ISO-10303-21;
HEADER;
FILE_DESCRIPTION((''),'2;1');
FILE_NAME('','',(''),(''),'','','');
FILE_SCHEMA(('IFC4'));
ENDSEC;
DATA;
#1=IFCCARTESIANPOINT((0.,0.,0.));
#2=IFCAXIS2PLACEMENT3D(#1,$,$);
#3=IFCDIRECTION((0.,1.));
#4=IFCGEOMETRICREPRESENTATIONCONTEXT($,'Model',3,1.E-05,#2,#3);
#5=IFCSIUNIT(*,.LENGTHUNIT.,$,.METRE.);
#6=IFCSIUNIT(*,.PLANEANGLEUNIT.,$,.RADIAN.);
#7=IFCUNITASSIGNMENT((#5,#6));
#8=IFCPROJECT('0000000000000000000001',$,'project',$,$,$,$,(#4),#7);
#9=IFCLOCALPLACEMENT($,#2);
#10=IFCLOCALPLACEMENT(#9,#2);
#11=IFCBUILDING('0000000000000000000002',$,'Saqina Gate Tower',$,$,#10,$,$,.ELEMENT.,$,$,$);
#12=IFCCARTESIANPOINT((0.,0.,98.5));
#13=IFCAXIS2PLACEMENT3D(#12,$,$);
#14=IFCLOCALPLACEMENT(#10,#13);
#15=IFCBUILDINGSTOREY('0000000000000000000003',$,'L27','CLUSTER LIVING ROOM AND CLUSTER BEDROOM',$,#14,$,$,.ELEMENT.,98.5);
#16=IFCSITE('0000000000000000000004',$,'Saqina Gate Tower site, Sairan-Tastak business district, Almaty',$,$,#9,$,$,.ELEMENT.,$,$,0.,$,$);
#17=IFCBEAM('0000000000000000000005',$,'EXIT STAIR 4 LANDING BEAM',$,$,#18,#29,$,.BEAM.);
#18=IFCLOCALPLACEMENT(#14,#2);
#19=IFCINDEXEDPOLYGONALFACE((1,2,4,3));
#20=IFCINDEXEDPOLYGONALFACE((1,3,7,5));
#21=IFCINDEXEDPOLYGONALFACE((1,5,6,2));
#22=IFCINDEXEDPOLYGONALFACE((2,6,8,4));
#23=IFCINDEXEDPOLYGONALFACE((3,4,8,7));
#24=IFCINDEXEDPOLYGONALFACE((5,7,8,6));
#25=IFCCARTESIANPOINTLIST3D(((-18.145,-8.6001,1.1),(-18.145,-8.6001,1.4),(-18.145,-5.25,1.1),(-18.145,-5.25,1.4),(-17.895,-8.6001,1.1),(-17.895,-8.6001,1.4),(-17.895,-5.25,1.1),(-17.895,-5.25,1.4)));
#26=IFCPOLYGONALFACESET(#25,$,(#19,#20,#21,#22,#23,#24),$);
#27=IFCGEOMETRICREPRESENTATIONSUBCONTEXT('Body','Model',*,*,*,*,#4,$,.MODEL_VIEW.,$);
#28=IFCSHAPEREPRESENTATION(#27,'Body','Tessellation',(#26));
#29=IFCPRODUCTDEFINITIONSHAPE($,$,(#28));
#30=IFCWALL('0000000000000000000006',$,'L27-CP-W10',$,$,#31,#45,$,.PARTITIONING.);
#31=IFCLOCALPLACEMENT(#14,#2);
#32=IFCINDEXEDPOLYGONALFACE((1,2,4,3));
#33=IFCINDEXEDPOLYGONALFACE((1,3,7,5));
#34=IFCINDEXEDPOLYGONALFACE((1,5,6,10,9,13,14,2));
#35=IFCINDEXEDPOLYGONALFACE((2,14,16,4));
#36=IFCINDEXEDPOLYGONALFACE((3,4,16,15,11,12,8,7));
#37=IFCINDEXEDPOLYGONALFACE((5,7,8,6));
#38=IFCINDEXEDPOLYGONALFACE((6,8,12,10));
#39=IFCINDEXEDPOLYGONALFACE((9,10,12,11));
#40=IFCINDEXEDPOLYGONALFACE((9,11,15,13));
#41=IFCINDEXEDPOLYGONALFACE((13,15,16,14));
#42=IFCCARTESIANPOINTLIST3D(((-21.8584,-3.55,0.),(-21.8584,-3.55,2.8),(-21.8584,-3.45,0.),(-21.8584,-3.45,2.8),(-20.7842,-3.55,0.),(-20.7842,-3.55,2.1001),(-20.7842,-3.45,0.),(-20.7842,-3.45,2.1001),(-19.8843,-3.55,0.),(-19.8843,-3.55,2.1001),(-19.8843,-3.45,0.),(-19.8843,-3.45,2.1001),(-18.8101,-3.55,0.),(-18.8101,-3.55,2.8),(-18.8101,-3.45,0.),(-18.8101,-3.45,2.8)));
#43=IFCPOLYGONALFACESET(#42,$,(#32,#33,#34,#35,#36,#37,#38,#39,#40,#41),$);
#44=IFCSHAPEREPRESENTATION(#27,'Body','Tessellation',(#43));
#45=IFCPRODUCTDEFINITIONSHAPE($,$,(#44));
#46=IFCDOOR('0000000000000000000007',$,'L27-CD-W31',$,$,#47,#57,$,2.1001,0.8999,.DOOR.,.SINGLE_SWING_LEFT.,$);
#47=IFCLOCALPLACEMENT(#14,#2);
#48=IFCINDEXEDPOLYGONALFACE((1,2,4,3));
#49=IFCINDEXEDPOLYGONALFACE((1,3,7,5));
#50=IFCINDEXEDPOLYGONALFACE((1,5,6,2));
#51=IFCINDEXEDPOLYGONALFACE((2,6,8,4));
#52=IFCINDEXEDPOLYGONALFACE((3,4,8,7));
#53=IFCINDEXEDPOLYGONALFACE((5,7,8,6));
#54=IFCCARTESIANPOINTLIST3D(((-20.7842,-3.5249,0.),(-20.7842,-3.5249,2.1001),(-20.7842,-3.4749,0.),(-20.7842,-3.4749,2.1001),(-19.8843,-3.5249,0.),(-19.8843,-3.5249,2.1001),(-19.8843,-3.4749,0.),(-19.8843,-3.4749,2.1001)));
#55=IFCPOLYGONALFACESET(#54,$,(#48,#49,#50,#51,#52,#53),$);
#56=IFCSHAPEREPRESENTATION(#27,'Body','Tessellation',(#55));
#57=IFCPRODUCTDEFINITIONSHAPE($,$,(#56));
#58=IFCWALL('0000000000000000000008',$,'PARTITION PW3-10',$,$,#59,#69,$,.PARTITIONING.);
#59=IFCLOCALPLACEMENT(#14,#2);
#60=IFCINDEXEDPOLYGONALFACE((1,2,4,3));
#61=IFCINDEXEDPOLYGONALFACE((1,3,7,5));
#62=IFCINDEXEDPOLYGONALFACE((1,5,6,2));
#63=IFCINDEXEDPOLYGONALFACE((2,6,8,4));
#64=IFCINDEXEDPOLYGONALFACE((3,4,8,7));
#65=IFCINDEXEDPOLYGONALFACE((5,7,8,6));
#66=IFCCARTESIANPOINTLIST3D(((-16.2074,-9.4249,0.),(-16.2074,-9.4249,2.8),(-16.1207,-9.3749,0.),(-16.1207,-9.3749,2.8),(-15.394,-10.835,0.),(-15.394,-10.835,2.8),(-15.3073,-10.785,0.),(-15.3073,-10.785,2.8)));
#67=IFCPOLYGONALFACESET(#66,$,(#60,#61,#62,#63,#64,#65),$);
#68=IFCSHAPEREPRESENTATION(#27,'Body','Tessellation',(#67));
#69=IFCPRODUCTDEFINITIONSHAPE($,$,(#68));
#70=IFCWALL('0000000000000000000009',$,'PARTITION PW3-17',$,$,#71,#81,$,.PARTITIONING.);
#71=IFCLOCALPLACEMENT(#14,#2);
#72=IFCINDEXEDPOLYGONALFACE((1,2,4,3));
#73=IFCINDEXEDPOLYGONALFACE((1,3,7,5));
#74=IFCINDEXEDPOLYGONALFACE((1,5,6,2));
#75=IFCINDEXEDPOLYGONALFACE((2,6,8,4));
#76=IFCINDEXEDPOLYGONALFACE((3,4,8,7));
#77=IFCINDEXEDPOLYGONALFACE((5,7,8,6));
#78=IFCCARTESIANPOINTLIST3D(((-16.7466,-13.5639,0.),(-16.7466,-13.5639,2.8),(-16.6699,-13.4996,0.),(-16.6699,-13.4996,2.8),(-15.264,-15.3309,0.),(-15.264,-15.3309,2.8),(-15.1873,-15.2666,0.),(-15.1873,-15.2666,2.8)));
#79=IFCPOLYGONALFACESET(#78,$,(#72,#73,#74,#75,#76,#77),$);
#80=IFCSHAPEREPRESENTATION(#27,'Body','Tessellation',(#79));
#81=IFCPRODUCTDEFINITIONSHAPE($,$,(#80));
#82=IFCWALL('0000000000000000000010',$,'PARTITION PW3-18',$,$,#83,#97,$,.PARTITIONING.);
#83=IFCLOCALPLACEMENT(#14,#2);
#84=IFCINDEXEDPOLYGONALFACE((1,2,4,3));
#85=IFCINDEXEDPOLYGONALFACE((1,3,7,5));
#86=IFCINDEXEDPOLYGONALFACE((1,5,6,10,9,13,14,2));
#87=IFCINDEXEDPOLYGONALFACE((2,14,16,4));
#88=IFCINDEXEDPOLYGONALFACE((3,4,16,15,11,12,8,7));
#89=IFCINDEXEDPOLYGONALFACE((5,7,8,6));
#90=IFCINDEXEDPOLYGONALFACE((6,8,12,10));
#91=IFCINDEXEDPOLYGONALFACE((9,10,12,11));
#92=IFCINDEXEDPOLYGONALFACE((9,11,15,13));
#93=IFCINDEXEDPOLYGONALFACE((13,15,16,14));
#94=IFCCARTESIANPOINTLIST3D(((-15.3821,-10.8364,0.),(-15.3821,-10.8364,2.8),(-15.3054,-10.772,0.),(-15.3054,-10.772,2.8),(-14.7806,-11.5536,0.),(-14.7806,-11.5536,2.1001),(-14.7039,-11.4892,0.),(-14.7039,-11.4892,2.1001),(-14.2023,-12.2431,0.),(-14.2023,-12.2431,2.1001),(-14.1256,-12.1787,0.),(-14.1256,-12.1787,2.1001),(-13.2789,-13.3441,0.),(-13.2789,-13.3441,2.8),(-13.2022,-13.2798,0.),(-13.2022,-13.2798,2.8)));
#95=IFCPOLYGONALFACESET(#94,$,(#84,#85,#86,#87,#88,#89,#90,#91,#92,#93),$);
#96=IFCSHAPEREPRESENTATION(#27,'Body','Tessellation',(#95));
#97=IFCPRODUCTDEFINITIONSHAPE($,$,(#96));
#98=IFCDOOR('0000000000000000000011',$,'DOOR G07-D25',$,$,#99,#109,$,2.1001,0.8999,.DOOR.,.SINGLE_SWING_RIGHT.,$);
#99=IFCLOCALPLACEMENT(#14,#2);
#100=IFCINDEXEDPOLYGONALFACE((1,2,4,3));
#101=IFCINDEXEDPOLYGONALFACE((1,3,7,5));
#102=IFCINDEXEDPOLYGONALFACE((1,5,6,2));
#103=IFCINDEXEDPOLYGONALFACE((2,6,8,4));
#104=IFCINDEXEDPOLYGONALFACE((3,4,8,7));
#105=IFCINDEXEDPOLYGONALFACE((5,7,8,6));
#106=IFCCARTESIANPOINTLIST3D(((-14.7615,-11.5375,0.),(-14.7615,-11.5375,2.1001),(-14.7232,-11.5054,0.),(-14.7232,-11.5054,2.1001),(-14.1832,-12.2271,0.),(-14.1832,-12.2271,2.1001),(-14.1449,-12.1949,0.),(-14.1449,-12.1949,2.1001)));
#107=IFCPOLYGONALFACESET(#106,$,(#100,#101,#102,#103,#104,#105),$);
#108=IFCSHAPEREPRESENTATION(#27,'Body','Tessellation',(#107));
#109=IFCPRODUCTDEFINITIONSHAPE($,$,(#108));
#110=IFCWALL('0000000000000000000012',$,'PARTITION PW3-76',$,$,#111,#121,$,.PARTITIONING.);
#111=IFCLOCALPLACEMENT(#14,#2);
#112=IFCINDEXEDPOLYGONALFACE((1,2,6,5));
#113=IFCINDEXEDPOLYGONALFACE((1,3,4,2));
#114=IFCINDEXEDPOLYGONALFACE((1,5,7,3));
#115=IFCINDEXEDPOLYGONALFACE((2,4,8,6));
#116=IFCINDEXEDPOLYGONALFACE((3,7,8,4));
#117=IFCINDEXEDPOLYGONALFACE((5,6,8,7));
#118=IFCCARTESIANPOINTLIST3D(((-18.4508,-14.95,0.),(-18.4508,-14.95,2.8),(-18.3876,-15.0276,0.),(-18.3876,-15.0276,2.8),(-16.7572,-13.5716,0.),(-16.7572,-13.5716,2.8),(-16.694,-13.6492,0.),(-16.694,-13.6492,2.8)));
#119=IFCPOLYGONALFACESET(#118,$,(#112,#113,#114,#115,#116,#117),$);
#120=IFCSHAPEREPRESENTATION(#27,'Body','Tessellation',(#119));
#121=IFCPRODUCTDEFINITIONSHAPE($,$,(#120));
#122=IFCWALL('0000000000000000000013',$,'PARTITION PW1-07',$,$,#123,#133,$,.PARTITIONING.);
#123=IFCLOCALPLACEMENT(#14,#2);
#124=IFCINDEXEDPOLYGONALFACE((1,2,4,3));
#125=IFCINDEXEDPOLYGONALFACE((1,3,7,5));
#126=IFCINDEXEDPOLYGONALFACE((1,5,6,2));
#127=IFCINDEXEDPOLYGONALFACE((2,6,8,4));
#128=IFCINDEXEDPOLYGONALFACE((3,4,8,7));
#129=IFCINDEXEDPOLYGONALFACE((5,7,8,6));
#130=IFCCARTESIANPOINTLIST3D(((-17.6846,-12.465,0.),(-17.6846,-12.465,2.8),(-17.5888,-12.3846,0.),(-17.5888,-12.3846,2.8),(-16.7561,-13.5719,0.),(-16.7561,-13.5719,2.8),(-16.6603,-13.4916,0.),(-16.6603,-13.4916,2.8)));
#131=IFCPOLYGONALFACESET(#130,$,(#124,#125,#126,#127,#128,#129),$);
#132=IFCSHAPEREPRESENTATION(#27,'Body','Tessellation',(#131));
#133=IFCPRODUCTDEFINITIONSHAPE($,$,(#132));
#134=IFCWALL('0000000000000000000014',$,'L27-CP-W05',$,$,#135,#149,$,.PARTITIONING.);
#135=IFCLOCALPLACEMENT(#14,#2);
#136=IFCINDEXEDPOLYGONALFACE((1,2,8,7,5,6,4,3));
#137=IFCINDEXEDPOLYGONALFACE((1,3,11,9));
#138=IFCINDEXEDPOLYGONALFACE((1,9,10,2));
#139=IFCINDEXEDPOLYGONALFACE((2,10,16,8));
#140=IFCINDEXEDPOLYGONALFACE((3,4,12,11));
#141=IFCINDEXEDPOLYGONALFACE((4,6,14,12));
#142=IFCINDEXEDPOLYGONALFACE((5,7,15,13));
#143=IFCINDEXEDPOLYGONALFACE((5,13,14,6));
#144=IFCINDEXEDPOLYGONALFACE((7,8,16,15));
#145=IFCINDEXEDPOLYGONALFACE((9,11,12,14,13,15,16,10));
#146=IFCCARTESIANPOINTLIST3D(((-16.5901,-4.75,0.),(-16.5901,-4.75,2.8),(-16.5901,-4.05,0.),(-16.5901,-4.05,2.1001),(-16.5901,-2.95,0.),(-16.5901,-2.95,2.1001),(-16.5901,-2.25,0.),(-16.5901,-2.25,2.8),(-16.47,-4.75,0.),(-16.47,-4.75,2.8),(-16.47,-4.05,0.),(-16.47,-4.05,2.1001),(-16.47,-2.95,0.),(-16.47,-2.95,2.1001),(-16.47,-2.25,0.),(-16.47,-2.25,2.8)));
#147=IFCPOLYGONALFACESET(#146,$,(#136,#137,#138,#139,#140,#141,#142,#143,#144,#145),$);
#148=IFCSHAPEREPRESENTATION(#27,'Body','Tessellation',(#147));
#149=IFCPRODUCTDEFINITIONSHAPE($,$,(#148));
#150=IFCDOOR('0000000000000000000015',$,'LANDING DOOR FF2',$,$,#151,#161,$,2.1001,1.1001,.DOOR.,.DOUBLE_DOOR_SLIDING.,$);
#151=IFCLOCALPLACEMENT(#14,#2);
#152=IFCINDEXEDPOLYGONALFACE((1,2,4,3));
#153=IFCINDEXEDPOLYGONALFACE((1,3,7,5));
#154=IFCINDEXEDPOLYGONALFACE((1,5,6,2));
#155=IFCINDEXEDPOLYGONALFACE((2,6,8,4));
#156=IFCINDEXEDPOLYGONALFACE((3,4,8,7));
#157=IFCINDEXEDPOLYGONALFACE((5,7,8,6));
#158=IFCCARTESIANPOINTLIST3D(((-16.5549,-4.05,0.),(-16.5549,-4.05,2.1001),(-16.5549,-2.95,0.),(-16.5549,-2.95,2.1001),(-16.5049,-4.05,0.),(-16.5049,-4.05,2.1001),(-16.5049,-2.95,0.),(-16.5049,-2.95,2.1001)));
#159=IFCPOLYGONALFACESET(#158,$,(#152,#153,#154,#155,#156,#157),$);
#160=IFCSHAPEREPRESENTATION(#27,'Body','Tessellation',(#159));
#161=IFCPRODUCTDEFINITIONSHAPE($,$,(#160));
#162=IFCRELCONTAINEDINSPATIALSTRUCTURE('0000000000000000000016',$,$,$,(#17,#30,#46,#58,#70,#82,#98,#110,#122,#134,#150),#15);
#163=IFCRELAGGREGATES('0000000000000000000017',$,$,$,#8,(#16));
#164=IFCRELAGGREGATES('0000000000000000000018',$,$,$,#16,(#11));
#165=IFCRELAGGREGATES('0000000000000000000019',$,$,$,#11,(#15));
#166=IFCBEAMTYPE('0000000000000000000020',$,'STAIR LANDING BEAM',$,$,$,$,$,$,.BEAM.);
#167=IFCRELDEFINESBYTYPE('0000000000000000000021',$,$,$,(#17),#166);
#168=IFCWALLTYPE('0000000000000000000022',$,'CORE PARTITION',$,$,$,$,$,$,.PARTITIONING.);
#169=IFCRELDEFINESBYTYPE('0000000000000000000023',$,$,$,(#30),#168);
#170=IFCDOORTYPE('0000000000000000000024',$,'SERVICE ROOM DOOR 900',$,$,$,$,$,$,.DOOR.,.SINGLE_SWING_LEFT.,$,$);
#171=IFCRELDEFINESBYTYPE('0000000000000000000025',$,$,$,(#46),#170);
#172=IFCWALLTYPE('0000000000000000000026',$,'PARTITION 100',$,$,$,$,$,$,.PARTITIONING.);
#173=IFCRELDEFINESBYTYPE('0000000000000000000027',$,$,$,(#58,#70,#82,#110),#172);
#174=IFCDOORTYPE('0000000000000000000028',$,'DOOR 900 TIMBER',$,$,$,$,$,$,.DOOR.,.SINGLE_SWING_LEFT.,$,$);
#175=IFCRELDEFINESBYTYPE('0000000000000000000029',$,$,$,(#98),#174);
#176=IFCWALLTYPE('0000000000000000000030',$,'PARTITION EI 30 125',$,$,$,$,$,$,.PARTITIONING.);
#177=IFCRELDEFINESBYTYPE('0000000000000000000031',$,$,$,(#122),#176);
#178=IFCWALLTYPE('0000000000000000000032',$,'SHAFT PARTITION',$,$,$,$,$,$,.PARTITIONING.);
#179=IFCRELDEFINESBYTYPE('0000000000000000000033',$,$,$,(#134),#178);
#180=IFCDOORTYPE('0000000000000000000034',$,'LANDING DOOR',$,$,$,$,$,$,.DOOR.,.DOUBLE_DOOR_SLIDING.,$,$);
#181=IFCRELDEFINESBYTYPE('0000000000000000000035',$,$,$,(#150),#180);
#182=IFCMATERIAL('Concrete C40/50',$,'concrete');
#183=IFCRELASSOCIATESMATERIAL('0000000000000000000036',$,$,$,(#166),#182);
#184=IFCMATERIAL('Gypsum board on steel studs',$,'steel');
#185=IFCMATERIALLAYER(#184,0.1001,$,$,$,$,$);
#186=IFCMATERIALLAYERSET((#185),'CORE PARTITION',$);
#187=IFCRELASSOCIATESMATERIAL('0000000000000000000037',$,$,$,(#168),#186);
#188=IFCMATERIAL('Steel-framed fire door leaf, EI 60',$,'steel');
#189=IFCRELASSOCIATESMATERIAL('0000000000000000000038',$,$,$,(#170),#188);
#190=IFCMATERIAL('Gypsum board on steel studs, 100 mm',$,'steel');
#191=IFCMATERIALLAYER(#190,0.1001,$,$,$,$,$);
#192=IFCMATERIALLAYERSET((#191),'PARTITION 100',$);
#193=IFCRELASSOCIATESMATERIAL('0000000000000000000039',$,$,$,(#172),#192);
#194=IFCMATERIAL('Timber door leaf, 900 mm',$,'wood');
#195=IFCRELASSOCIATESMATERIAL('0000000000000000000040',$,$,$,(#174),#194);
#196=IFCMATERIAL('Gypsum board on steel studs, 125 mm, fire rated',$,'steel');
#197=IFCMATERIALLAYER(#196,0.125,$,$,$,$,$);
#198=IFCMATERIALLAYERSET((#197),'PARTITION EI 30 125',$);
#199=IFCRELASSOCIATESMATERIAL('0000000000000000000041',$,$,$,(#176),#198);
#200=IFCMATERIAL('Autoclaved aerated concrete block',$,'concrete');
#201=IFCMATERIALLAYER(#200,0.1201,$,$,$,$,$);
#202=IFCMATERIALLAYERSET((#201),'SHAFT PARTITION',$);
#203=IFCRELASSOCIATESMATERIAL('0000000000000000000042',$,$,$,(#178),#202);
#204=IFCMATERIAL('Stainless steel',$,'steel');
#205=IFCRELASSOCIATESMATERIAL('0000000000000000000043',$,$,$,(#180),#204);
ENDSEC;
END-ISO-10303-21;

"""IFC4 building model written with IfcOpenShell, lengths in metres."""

from ifc_helpers import new_model, si_unit, direction, frame, frame_2d, origin, origin_2d, place, context, subcontext, project, spatial, rectangle, extrude, material, layer, layer_set, material_profile, profile_set, type_object, element, fill, save


model = new_model("IFC4")

# Units and contexts
model_context = context("Model", 3, precision=1e-05, world=origin(), true_north=direction((0.0, 1.0)))
body_context = subcontext(model_context, "Body", "Model", "MODEL_VIEW")
ifc_project = project(units=[si_unit("LENGTHUNIT", "METRE"), si_unit("PLANEANGLEUNIT", "RADIAN")], contexts=[model_context])

# Site, building, storey
site_placement = place(None, origin())
site = spatial("IfcSite", under=ifc_project, at=site_placement, Name="Saqina Gate Tower site, Sairan-Tastak business district, Almaty", CompositionType="ELEMENT", RefElevation=0.0)
building_placement = place(site_placement, origin())
building = spatial("IfcBuilding", under=site, at=building_placement, Name="Saqina Gate Tower", CompositionType="ELEMENT")
storey_placement = place(building_placement, frame((0.0, 0.0, 98.5)))
storey = spatial("IfcBuildingStorey", under=building, at=storey_placement, Name="L27", Description="CLUSTER LIVING ROOM AND CLUSTER BEDROOM", CompositionType="ELEMENT", Elevation=98.5)

# Beam
ifc_material_1 = material(Name="Concrete C40/50", Category="concrete")
ifc_material_profile = material_profile(ifc_material_1, rectangle(XDim=0.25, YDim=0.3, at=origin_2d()), Name="STAIR LANDING BEAM")
ifc_profile_set = profile_set([ifc_material_profile], Name="Concrete C40/50")
beam_type = type_object("IfcBeamType", Name="STAIR LANDING BEAM", PredefinedType="BEAM", material=ifc_profile_set)
beam_placement = place(storey_placement, frame((-18.02, -8.6001, 1.25), z_axis=(0.0, 1.0, 0.0), x_axis=(-1.0, 0.0, 0.0)))
element("IfcBeam", 1, at=beam_placement, inside=storey, type_object=beam_type, Name="EXIT STAIR 4 LANDING BEAM", PredefinedType="BEAM", context=body_context, shape_type="SweptSolid", body=[
    extrude(rectangle(XDim=0.25, YDim=0.3, at=origin_2d()), origin(), (0.0, 0.0, 1.0), 3.3501),
])

# Wall, opening, door
ifc_material_2 = material(Name="Gypsum board on steel studs", Category="steel")
ifc_layer_1 = layer(ifc_material_2, 0.1001)
ifc_layer_set_1 = layer_set([ifc_layer_1], Name="CORE PARTITION")
wall_type_1 = type_object("IfcWallType", Name="CORE PARTITION", PredefinedType="PARTITIONING", material=ifc_layer_set_1)
wall_1_placement = place(storey_placement, frame((-18.8101, -3.5, 0.0), z_axis=(0.0, 0.0, 1.0), x_axis=(-1.0, 0.0, 0.0)))
wall_1 = element("IfcWall", 2, at=wall_1_placement, inside=storey, type_object=wall_type_1, Name="L27-CP-W10", PredefinedType="PARTITIONING", context=body_context, shape_type="SweptSolid", body=[
    extrude(rectangle(XDim=3.0483, YDim=0.1001, at=frame_2d((1.5242, 0.0))), origin(), (0.0, 0.0, 1.0), 2.8),
])
opening_1_placement = place(wall_1_placement, frame((1.0742, 0.0, 0.0)))
opening_1 = element("IfcOpeningElement", 3, at=opening_1_placement, cuts=wall_1, PredefinedType="OPENING", context=body_context, shape_type="SweptSolid", body=[
    extrude(rectangle(XDim=0.8999, YDim=2.1001, at=frame_2d((0.45, 1.05))), frame((0.0, 0.062, 0.0), z_axis=(0.0, -1.0, 0.0), x_axis=(1.0, 0.0, 0.0)), (0.0, 0.0, 1.0), 0.124),
])
ifc_material_3 = material(Name="Steel-framed fire door leaf, EI 60", Category="steel")
door_type_1 = type_object("IfcDoorType", Name="SERVICE ROOM DOOR 900", OperationType="SINGLE_SWING_LEFT", PredefinedType="DOOR", material=ifc_material_3)
door_1_placement = place(opening_1_placement, origin())
door_1 = element("IfcDoor", 4, at=door_1_placement, inside=storey, type_object=door_type_1, Name="L27-CD-W31", OperationType="SINGLE_SWING_LEFT", OverallHeight=2.1001, OverallWidth=0.8999, PredefinedType="DOOR", context=body_context, shape_type="SweptSolid", body=[
    extrude(rectangle(XDim=0.8999, YDim=2.1001, at=frame_2d((0.45, 1.05))), frame((0.0, 0.0249, 0.0), z_axis=(0.0, -1.0, 0.0), x_axis=(1.0, 0.0, 0.0)), (0.0, 0.0, 1.0), 0.05),
])
fill(opening_1, door_1)

# Walls
ifc_material_4 = material(Name="Gypsum board on steel studs, 100 mm", Category="steel")
ifc_layer_2 = layer(ifc_material_4, 0.1001)
ifc_layer_set_2 = layer_set([ifc_layer_2], Name="PARTITION 100")
wall_type_2 = type_object("IfcWallType", Name="PARTITION 100", PredefinedType="PARTITIONING", material=ifc_layer_set_2)
wall_2_placement = place(storey_placement, frame((-16.1641, -9.3999, 0.0), z_axis=(0.0, 0.0, 1.0), x_axis=(0.499688, -0.866206, 0.0)))
element("IfcWall", 5, at=wall_2_placement, inside=storey, type_object=wall_type_2, Name="PARTITION PW3-10", PredefinedType="PARTITIONING", context=body_context, shape_type="SweptSolid", body=[
    extrude(rectangle(XDim=1.6279, YDim=0.1001, at=frame_2d((0.814, 0.0))), origin(), (0.0, 0.0, 1.0), 2.8),
])
wall_3_placement = place(storey_placement, frame((-16.7083, -13.5317, 0.0), z_axis=(0.0, 0.0, 1.0), x_axis=(0.642763, -0.766065, 0.0)))
element("IfcWall", 6, at=wall_3_placement, inside=storey, type_object=wall_type_2, Name="PARTITION PW3-17", PredefinedType="PARTITIONING", context=body_context, shape_type="SweptSolid", body=[
    extrude(rectangle(XDim=2.3066, YDim=0.1001, at=frame_2d((1.1533, 0.0))), origin(), (0.0, 0.0, 1.0), 2.8),
])

# Wall, opening, door
wall_4_placement = place(storey_placement, frame((-15.3438, -10.8042, 0.0), z_axis=(0.0, 0.0, 1.0), x_axis=(0.642602, -0.7662, 0.0)))
wall_4 = element("IfcWall", 7, at=wall_4_placement, inside=storey, type_object=wall_type_2, Name="PARTITION PW3-18", PredefinedType="PARTITIONING", context=body_context, shape_type="SweptSolid", body=[
    extrude(rectangle(XDim=3.2729, YDim=0.1001, at=frame_2d((1.6365, 0.0))), origin(), (0.0, 0.0, 1.0), 2.8),
])
opening_2_placement = place(wall_4_placement, frame((0.936, 0.0, 0.0)))
opening_2 = element("IfcOpeningElement", 8, at=opening_2_placement, cuts=wall_4, PredefinedType="OPENING", context=body_context, shape_type="SweptSolid", body=[
    extrude(rectangle(XDim=0.8999, YDim=2.1001, at=frame_2d((0.45, 1.05))), frame((0.0, 0.062, 0.0), z_axis=(0.0, -1.0, 0.0), x_axis=(1.0, 0.0, 0.0)), (0.0, 0.0, 1.0), 0.124),
])
ifc_material_5 = material(Name="Timber door leaf, 900 mm", Category="wood")
door_type_2 = type_object("IfcDoorType", Name="DOOR 900 TIMBER", OperationType="SINGLE_SWING_LEFT", PredefinedType="DOOR", material=ifc_material_5)
door_2_placement = place(opening_2_placement, origin())
door_2 = element("IfcDoor", 9, at=door_2_placement, inside=storey, type_object=door_type_2, Name="DOOR G07-D25", OperationType="SINGLE_SWING_RIGHT", OverallHeight=2.1001, OverallWidth=0.8999, PredefinedType="DOOR", context=body_context, shape_type="SweptSolid", body=[
    extrude(rectangle(XDim=0.8999, YDim=2.1001, at=frame_2d((0.45, 1.05))), frame((0.0, 0.0249, 0.0), z_axis=(0.0, -1.0, 0.0), x_axis=(1.0, 0.0, 0.0)), (0.0, 0.0, 1.0), 0.05),
])
fill(opening_2, door_2)

# Walls
wall_5_placement = place(storey_placement, frame((-18.4192, -14.9888, 0.0), z_axis=(0.0, 0.0, 1.0), x_axis=(0.775584, 0.631245, 0.0)))
element("IfcWall", 10, at=wall_5_placement, inside=storey, type_object=wall_type_2, Name="PARTITION PW3-76", PredefinedType="PARTITIONING", context=body_context, shape_type="SweptSolid", body=[
    extrude(rectangle(XDim=2.1836, YDim=0.1001, at=frame_2d((1.0918, 0.0))), origin(), (0.0, 0.0, 1.0), 2.8),
])
ifc_material_6 = material(Name="Gypsum board on steel studs, 125 mm, fire rated", Category="steel")
ifc_layer_3 = layer(ifc_material_6, 0.125)
ifc_layer_set_3 = layer_set([ifc_layer_3], Name="PARTITION EI 30 125")
wall_type_3 = type_object("IfcWallType", Name="PARTITION EI 30 125", PredefinedType="PARTITIONING", material=ifc_layer_set_3)
wall_6_placement = place(storey_placement, frame((-17.6367, -12.4248, 0.0), z_axis=(0.0, 0.0, 1.0), x_axis=(0.642641, -0.766167, 0.0)))
element("IfcWall", 11, at=wall_6_placement, inside=storey, type_object=wall_type_3, Name="PARTITION PW1-07", PredefinedType="PARTITIONING", context=body_context, shape_type="SweptSolid", body=[
    extrude(rectangle(XDim=1.4448, YDim=0.125, at=frame_2d((0.7224, 0.0))), origin(), (0.0, 0.0, 1.0), 2.8),
])

# Wall, opening, door
ifc_material_7 = material(Name="Autoclaved aerated concrete block", Category="concrete")
ifc_layer_4 = layer(ifc_material_7, 0.1201)
ifc_layer_set_4 = layer_set([ifc_layer_4], Name="SHAFT PARTITION")
wall_type_4 = type_object("IfcWallType", Name="SHAFT PARTITION", PredefinedType="PARTITIONING", material=ifc_layer_set_4)
wall_7_placement = place(storey_placement, frame((-16.53, -4.75, 0.0), z_axis=(0.0, 0.0, 1.0), x_axis=(0.0, 1.0, 0.0)))
wall_7 = element("IfcWall", 12, at=wall_7_placement, inside=storey, type_object=wall_type_4, Name="L27-CP-W05", PredefinedType="PARTITIONING", context=body_context, shape_type="SweptSolid", body=[
    extrude(rectangle(XDim=2.5, YDim=0.1201, at=frame_2d((1.25, 0.0))), origin(), (0.0, 0.0, 1.0), 2.8),
])
opening_3_placement = place(wall_7_placement, frame((0.7, 0.0, 0.0)))
opening_3 = element("IfcOpeningElement", 13, at=opening_3_placement, cuts=wall_7, PredefinedType="OPENING", context=body_context, shape_type="SweptSolid", body=[
    extrude(rectangle(XDim=1.1001, YDim=2.1001, at=frame_2d((0.55, 1.05))), frame((0.0, 0.072, 0.0), z_axis=(0.0, -1.0, 0.0), x_axis=(1.0, 0.0, 0.0)), (0.0, 0.0, 1.0), 0.144),
])
ifc_material_8 = material(Name="Stainless steel", Category="steel")
door_type_3 = type_object("IfcDoorType", Name="LANDING DOOR", OperationType="DOUBLE_DOOR_SLIDING", PredefinedType="DOOR", material=ifc_material_8)
door_3_placement = place(opening_3_placement, origin())
door_3 = element("IfcDoor", 14, at=door_3_placement, inside=storey, type_object=door_type_3, Name="LANDING DOOR FF2", OperationType="DOUBLE_DOOR_SLIDING", OverallHeight=2.1001, OverallWidth=1.1001, PredefinedType="DOOR", context=body_context, shape_type="SweptSolid", body=[
    extrude(rectangle(XDim=1.1001, YDim=2.1001, at=frame_2d((0.55, 1.05))), frame((0.0, 0.0249, 0.0), z_axis=(0.0, -1.0, 0.0), x_axis=(1.0, 0.0, 0.0)), (0.0, 0.0, 1.0), 0.05),
])
fill(opening_3, door_3)

save(model, "model.ifc")
